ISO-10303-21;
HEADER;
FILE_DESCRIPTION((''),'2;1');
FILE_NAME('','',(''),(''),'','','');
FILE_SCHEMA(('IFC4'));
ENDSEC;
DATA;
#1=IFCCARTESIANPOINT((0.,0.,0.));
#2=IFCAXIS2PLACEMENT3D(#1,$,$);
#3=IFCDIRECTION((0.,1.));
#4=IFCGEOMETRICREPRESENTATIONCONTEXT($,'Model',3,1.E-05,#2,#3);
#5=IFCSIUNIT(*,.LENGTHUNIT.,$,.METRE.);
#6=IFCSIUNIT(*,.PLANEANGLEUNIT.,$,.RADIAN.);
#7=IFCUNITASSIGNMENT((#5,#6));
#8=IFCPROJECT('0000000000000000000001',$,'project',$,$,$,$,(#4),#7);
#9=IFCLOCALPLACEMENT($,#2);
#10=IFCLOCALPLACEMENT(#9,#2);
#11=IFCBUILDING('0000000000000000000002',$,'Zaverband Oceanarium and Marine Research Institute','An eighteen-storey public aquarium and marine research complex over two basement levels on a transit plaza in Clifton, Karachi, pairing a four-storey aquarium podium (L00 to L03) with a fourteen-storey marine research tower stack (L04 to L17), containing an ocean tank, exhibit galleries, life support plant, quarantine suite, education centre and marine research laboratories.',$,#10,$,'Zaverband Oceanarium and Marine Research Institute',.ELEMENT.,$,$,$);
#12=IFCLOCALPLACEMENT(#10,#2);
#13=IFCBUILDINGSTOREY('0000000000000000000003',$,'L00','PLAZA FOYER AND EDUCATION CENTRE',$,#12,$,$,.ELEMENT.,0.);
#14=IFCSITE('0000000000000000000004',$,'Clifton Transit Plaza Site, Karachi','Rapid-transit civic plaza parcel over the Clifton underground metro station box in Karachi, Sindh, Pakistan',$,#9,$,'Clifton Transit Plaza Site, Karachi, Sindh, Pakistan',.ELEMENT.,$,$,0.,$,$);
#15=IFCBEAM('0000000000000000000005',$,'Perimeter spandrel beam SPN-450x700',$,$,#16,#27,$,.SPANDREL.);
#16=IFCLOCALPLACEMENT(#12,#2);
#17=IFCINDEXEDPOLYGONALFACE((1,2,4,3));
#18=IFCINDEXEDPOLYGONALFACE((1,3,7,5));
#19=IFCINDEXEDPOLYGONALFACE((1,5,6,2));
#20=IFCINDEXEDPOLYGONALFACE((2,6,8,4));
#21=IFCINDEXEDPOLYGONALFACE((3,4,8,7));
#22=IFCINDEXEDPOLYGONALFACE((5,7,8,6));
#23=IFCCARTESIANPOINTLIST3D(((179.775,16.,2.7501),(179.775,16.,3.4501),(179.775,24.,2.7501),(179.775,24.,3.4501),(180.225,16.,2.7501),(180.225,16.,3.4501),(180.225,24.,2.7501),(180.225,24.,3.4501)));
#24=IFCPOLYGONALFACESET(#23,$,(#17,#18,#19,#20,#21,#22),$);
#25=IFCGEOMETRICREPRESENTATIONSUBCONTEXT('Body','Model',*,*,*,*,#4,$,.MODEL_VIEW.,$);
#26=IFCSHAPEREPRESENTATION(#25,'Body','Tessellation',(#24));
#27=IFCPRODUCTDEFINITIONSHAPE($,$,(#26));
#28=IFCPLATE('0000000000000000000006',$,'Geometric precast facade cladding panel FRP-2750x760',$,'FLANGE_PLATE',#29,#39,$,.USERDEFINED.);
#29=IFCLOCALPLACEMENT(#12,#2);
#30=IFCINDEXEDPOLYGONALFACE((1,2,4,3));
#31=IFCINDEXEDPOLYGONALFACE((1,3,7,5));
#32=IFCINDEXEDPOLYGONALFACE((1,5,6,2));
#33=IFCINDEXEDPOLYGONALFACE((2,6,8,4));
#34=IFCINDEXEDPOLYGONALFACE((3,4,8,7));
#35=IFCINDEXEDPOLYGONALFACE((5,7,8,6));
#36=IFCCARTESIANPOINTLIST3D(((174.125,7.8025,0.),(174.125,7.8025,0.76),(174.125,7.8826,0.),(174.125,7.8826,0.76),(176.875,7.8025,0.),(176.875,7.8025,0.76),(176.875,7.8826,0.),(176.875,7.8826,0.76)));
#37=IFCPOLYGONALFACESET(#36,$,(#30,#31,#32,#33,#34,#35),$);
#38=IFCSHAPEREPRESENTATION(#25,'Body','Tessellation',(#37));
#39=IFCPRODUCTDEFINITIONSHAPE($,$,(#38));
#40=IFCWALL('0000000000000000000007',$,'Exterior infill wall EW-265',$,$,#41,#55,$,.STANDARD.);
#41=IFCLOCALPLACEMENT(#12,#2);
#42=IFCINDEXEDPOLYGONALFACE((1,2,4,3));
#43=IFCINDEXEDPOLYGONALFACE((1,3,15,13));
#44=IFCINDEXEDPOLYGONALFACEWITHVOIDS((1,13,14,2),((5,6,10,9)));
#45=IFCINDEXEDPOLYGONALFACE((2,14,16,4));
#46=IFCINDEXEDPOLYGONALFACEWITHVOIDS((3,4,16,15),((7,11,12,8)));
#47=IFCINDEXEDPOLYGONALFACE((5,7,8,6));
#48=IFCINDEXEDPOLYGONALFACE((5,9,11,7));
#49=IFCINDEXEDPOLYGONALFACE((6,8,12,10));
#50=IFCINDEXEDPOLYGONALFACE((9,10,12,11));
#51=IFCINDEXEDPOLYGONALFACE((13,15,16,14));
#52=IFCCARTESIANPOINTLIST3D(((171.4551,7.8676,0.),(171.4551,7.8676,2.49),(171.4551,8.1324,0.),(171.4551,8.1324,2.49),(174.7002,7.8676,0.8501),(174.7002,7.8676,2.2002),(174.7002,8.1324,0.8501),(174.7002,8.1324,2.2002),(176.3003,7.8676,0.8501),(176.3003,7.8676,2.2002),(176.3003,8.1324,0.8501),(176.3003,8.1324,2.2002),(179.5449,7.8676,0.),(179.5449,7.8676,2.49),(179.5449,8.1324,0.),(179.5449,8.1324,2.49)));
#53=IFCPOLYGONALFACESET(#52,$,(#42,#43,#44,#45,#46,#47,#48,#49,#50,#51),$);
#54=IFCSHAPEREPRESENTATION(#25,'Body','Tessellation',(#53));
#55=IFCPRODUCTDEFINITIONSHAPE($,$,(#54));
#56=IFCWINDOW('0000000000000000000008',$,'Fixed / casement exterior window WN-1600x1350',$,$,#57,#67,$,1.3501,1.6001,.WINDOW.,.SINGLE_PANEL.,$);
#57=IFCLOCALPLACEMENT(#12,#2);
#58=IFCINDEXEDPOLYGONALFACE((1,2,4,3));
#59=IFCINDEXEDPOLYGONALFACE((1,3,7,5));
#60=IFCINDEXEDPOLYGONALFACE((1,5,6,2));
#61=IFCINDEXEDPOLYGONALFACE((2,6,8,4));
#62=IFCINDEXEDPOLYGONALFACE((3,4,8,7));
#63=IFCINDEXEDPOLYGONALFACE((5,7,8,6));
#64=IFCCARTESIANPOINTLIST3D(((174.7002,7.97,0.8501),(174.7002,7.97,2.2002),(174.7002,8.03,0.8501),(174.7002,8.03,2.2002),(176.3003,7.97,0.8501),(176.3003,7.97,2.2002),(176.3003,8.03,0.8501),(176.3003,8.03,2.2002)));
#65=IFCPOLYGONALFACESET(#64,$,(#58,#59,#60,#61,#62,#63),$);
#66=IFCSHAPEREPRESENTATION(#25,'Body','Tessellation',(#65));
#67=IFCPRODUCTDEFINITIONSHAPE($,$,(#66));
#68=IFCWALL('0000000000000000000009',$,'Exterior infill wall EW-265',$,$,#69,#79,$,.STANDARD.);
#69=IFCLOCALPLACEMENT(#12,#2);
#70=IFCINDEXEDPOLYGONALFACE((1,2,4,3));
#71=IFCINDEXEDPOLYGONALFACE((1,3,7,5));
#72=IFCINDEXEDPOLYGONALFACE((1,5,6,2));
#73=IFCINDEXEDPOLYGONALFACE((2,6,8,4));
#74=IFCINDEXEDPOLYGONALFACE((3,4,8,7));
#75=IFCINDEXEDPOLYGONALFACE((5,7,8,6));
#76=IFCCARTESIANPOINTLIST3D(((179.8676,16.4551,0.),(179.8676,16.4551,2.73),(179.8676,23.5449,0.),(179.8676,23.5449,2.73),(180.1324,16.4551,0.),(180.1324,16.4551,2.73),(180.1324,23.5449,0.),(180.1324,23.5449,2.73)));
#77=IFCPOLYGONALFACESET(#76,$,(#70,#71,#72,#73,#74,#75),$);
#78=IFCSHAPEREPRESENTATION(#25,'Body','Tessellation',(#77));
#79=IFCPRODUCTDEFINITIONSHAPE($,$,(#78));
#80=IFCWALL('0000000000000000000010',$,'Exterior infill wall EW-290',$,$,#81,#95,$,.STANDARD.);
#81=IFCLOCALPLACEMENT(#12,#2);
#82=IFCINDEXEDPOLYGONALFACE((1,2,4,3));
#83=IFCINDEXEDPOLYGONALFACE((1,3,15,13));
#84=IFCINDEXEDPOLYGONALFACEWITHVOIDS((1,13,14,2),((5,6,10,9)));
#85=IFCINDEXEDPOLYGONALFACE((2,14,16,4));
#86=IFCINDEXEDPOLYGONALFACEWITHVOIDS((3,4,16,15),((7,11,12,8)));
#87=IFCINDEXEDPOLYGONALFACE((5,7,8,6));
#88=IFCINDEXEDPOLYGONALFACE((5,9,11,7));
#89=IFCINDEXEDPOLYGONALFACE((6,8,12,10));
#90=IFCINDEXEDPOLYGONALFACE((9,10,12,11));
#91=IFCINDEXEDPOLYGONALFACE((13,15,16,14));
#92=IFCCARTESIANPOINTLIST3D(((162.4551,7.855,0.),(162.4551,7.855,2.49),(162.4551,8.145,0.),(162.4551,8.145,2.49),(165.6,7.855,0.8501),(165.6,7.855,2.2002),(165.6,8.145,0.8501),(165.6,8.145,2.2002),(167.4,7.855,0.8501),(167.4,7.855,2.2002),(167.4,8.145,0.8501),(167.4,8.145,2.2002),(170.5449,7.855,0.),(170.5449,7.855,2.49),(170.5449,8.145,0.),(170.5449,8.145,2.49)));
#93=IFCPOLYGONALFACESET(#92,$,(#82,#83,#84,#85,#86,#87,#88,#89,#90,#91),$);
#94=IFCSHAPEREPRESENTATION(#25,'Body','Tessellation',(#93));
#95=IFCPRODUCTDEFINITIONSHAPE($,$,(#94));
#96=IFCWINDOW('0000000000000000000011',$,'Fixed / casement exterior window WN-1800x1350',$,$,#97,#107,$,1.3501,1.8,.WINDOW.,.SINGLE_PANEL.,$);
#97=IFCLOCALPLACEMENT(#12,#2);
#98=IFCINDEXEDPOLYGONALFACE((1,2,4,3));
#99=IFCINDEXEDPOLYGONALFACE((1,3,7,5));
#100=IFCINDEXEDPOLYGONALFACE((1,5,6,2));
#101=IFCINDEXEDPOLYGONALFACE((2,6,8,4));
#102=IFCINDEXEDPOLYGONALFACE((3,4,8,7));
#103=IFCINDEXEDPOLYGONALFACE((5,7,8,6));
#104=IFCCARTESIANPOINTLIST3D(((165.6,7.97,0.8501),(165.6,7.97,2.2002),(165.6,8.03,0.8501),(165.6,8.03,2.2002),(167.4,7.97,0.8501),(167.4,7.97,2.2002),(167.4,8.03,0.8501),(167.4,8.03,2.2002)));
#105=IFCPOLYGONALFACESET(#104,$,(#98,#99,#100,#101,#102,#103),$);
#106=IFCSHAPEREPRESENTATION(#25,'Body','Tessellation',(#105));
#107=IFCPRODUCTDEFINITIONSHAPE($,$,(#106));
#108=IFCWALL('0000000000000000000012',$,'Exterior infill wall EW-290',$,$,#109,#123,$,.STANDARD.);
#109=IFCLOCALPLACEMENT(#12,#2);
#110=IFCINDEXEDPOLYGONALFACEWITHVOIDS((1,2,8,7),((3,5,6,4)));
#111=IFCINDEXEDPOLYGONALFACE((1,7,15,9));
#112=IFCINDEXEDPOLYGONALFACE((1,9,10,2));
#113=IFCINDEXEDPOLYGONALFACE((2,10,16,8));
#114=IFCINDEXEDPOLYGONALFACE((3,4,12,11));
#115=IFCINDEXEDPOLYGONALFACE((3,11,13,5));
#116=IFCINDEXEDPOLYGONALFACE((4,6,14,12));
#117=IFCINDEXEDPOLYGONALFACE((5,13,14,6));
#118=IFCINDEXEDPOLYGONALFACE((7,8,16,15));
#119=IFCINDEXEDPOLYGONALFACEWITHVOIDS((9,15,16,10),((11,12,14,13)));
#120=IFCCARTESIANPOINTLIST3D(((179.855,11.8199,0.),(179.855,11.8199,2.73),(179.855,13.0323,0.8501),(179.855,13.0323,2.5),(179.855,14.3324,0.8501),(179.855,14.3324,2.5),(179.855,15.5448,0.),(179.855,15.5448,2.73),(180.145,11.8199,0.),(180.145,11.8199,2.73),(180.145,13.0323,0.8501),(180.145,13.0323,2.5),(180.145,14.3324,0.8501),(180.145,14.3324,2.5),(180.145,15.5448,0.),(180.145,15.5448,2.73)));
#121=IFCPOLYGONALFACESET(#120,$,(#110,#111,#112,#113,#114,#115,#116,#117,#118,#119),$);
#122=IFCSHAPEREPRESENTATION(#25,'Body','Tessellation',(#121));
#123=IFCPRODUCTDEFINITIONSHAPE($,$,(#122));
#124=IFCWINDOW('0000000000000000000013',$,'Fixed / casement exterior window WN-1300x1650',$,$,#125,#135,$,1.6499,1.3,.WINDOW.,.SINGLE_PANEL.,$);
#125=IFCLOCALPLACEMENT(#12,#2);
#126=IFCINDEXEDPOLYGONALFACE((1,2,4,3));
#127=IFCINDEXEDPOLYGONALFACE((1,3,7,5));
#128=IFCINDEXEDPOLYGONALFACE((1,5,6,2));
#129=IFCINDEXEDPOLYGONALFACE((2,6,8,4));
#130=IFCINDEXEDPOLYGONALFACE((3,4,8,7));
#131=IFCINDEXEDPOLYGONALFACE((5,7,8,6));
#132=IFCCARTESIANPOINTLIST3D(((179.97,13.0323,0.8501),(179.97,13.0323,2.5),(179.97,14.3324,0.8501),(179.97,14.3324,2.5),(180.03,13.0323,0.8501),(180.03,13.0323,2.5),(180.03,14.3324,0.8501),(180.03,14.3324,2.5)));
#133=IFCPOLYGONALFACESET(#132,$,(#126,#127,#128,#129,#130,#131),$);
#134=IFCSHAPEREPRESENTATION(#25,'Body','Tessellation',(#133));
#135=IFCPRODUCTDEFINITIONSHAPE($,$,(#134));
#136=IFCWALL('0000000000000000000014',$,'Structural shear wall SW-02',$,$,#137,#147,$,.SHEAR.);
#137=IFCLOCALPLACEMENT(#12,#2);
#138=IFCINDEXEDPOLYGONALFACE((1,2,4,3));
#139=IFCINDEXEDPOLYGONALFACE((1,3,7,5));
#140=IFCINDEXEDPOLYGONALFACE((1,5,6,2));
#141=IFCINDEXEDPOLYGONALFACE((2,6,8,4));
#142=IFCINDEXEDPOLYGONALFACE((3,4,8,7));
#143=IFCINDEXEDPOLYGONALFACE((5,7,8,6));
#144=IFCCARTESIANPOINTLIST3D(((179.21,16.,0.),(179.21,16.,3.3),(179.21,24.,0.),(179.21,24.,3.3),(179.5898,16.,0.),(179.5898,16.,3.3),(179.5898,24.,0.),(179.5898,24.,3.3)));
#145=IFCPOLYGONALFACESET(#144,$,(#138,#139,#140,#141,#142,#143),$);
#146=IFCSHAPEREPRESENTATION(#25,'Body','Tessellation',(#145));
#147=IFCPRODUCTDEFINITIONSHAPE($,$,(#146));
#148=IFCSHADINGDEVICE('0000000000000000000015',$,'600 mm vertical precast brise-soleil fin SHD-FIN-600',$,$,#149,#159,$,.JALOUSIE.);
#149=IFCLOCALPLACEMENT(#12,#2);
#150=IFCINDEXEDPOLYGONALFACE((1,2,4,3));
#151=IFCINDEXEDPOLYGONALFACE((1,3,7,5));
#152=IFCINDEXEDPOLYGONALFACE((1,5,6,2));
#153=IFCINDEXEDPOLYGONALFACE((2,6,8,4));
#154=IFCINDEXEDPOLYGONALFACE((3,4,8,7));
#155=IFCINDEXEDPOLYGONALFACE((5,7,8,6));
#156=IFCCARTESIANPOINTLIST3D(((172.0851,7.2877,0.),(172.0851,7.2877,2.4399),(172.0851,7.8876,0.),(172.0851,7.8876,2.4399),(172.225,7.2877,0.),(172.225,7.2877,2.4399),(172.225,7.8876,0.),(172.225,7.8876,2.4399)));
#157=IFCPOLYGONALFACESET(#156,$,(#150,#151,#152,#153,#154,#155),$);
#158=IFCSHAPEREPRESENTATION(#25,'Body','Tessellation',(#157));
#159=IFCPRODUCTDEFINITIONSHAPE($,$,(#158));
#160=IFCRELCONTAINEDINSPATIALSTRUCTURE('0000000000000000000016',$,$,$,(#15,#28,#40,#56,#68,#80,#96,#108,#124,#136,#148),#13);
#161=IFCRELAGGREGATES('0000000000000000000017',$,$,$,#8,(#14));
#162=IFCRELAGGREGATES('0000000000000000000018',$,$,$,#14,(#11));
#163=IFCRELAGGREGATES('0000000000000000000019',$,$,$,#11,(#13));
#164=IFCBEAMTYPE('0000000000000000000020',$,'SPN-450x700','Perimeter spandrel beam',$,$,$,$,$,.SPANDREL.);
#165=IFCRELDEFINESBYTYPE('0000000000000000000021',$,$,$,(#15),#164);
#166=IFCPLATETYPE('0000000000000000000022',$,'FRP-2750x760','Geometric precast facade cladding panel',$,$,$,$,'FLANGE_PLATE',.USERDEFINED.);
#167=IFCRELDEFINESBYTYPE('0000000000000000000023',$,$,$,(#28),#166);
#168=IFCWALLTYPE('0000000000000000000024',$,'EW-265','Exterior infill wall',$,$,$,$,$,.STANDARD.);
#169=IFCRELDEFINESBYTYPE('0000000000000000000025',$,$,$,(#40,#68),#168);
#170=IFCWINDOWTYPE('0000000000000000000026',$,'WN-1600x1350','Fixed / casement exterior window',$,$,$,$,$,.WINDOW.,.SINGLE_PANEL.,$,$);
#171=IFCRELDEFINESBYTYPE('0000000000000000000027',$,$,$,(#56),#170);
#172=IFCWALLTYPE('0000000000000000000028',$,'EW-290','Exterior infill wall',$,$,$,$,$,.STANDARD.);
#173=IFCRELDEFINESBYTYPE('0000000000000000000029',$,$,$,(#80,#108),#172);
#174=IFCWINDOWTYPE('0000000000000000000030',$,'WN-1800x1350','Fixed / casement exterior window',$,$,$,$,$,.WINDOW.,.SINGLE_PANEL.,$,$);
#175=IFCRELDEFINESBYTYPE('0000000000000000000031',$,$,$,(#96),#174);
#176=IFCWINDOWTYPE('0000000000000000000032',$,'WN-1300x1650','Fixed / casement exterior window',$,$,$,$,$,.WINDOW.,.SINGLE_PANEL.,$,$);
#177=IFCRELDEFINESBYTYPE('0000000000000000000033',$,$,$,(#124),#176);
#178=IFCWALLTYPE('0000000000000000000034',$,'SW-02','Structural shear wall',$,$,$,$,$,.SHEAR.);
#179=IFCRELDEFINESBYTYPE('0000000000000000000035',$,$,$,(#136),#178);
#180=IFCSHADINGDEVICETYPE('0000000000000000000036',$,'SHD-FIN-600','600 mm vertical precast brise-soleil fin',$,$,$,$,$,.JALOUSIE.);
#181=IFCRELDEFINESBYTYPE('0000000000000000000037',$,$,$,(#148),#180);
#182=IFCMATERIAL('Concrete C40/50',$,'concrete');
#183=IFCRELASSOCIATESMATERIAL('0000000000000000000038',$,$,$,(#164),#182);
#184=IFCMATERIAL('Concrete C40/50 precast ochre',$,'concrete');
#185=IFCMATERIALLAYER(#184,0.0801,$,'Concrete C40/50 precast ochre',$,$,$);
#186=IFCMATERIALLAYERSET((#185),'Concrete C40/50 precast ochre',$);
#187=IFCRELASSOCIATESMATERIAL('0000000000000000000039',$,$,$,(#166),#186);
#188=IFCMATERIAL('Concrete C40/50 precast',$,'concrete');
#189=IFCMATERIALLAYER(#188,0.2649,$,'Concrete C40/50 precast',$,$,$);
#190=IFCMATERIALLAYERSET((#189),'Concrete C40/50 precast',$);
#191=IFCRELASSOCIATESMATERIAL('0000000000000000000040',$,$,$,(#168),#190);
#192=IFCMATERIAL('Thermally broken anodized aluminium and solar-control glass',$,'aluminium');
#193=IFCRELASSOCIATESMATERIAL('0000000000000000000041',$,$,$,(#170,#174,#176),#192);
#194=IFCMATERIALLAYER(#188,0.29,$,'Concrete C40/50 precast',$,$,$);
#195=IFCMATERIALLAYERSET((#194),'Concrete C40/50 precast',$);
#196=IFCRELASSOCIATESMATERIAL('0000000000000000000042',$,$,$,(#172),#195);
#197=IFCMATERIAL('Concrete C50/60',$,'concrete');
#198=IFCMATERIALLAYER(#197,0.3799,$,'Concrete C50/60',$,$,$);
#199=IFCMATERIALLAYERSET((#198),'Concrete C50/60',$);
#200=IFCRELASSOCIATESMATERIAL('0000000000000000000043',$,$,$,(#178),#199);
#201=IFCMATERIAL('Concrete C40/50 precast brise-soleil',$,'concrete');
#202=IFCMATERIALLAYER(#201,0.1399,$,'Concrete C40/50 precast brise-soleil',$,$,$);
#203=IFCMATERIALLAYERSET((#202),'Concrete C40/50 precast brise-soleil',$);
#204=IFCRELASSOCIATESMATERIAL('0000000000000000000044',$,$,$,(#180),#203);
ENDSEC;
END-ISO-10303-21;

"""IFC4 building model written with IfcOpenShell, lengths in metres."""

from ifc_helpers import new_model, si_unit, direction, frame, frame_2d, origin, origin_2d, place, context, subcontext, project, spatial, rectangle, extrude, material, layer, layer_set, material_profile, profile_set, type_object, element, fill, save


model = new_model("IFC4")

# Units and contexts
model_context = context("Model", 3, precision=1e-05, world=origin(), true_north=direction((0.0, 1.0)))
body_context = subcontext(model_context, "Body", "Model", "MODEL_VIEW")
ifc_project = project(units=[si_unit("LENGTHUNIT", "METRE"), si_unit("PLANEANGLEUNIT", "RADIAN")], contexts=[model_context])

# Site, building, storey
site_placement = place(None, origin())
site = spatial("IfcSite", under=ifc_project, at=site_placement, Name="Clifton Transit Plaza Site, Karachi", Description="Rapid-transit civic plaza parcel over the Clifton underground metro station box in Karachi, Sindh, Pakistan", LongName="Clifton Transit Plaza Site, Karachi, Sindh, Pakistan", CompositionType="ELEMENT", RefElevation=0.0)
building_placement = place(site_placement, origin())
building = spatial("IfcBuilding", under=site, at=building_placement, Name="Zaverband Oceanarium and Marine Research Institute", Description="An eighteen-storey public aquarium and marine research complex over two basement levels on a transit plaza in Clifton, Karachi, pairing a four-storey aquarium podium (L00 to L03) with a fourteen-storey marine research tower stack (L04 to L17), containing an ocean tank, exhibit galleries, life support plant, quarantine suite, education centre and marine research laboratories.", LongName="Zaverband Oceanarium and Marine Research Institute", CompositionType="ELEMENT")
storey_placement = place(building_placement, origin())
storey = spatial("IfcBuildingStorey", under=building, at=storey_placement, Name="L00", Description="PLAZA FOYER AND EDUCATION CENTRE", CompositionType="ELEMENT", Elevation=0.0)

# Shared definitions
ifc_material_1 = material(Name="Concrete C50/60", Category="concrete")

# Beam
ifc_material_2 = material(Name="Concrete C40/50", Category="concrete")
ifc_material_profile_1 = material_profile(ifc_material_2, rectangle(XDim=0.45, YDim=0.7, at=origin_2d()), Name="RC450x700")
ifc_profile_set_1 = profile_set([ifc_material_profile_1], Name="Concrete C40/50")
beam_type_1 = type_object("IfcBeamType", Name="SPN-450x700", Description="Perimeter spandrel beam", PredefinedType="SPANDREL", material=ifc_profile_set_1)
for number, where, z_axis, x_axis, name in (
    (1, (180.0, 16.0, 3.1001), (0.0, 1.0, 0.0), (-1.0, 0.0, 0.0), "Perimeter spandrel beam SPN-450x700"),
):
    element("IfcBeam", number, at=place(storey_placement, frame(where, z_axis=z_axis, x_axis=x_axis)), inside=storey, type_object=beam_type_1, Name=name, PredefinedType="SPANDREL", context=body_context, shape_type="SweptSolid", body=[
        extrude(rectangle(XDim=0.45, YDim=0.7, at=origin_2d()), origin(), (0.0, 0.0, 1.0), 8.0),
    ])

# Plate
ifc_material_3 = material(Name="Concrete C40/50 precast ochre", Category="concrete")
ifc_layer_1 = layer(ifc_material_3, 0.0801, Name="Concrete C40/50 precast ochre")
ifc_layer_set_1 = layer_set([ifc_layer_1], Name="Concrete C40/50 precast ochre")
plate_type = type_object("IfcPlateType", Name="FRP-2750x760", Description="Geometric precast facade cladding panel", ElementType="FLANGE_PLATE", PredefinedType="USERDEFINED", material=ifc_layer_set_1)
plate_placement = place(storey_placement, frame((174.125, 7.8425, 0.0), z_axis=(0.0, 0.0, 1.0), x_axis=(1.0, 0.0, 0.0)))
element("IfcPlate", 2, at=plate_placement, inside=storey, type_object=plate_type, Name="Geometric precast facade cladding panel FRP-2750x760", ObjectType="FLANGE_PLATE", PredefinedType="USERDEFINED", context=body_context, shape_type="SweptSolid", body=[
    extrude(rectangle(XDim=2.75, YDim=0.0801, at=frame_2d((1.375, 0.0))), origin(), (0.0, 0.0, 1.0), 0.76),
])

# Wall, opening, window
ifc_material_4 = material(Name="Concrete C40/50 precast", Category="concrete")
ifc_layer_2 = layer(ifc_material_4, 0.2649, Name="Concrete C40/50 precast")
ifc_layer_set_2 = layer_set([ifc_layer_2], Name="Concrete C40/50 precast")
wall_type_1 = type_object("IfcWallType", Name="EW-265", Description="Exterior infill wall", PredefinedType="STANDARD", material=ifc_layer_set_2)
wall_1_placement = place(storey_placement, frame((171.4551, 8.0, 0.0), z_axis=(0.0, 0.0, 1.0), x_axis=(1.0, 0.0, 0.0)))
wall_1 = element("IfcWall", 3, at=wall_1_placement, inside=storey, type_object=wall_type_1, Name="Exterior infill wall EW-265", PredefinedType="STANDARD", context=body_context, shape_type="SweptSolid", body=[
    extrude(rectangle(XDim=8.0898, YDim=0.2649, at=frame_2d((4.0449, 0.0))), origin(), (0.0, 0.0, 1.0), 2.49),
])
opening_1_placement = place(wall_1_placement, frame((3.2451, 0.0, 0.8501)))
opening_1 = element("IfcOpeningElement", 4, at=opening_1_placement, cuts=wall_1, PredefinedType="OPENING", context=body_context, shape_type="SweptSolid", body=[
    extrude(rectangle(XDim=1.6001, YDim=1.3501, at=frame_2d((0.8, 0.675))), frame((0.0, 0.1445, 0.0), z_axis=(0.0, -1.0, 0.0), x_axis=(1.0, 0.0, 0.0)), (0.0, 0.0, 1.0), 0.2888),
])
ifc_material_5 = material(Name="Thermally broken anodized aluminium and solar-control glass", Category="aluminium")
window_type_1 = type_object("IfcWindowType", Name="WN-1600x1350", Description="Fixed / casement exterior window", PartitioningType="SINGLE_PANEL", PredefinedType="WINDOW", material=ifc_material_5)
window_1_placement = place(opening_1_placement, origin())
window_1 = element("IfcWindow", 5, at=window_1_placement, inside=storey, type_object=window_type_1, Name="Fixed / casement exterior window WN-1600x1350", OverallHeight=1.3501, OverallWidth=1.6001, PartitioningType="SINGLE_PANEL", PredefinedType="WINDOW", context=body_context, shape_type="SweptSolid", body=[
    extrude(rectangle(XDim=1.6001, YDim=1.3501, at=frame_2d((0.8, 0.675))), frame((0.0, 0.03, 0.0), z_axis=(0.0, -1.0, 0.0), x_axis=(1.0, 0.0, 0.0)), (0.0, 0.0, 1.0), 0.0601),
])
fill(opening_1, window_1)

# Wall
wall_2_placement = place(storey_placement, frame((180.0, 16.4551, 0.0), z_axis=(0.0, 0.0, 1.0), x_axis=(0.0, 1.0, 0.0)))
element("IfcWall", 6, at=wall_2_placement, inside=storey, type_object=wall_type_1, Name="Exterior infill wall EW-265", PredefinedType="STANDARD", context=body_context, shape_type="SweptSolid", body=[
    extrude(rectangle(XDim=7.0898, YDim=0.2649, at=frame_2d((3.5449, 0.0))), origin(), (0.0, 0.0, 1.0), 2.73),
])

# Walls, openings, windows
ifc_layer_3 = layer(ifc_material_4, 0.29, Name="Concrete C40/50 precast")
ifc_layer_set_3 = layer_set([ifc_layer_3], Name="Concrete C40/50 precast")
wall_type_2 = type_object("IfcWallType", Name="EW-290", Description="Exterior infill wall", PredefinedType="STANDARD", material=ifc_layer_set_3)
wall_3_placement = place(storey_placement, frame((162.4551, 8.0, 0.0), z_axis=(0.0, 0.0, 1.0), x_axis=(1.0, 0.0, 0.0)))
wall_3 = element("IfcWall", 7, at=wall_3_placement, inside=storey, type_object=wall_type_2, Name="Exterior infill wall EW-290", PredefinedType="STANDARD", context=body_context, shape_type="SweptSolid", body=[
    extrude(rectangle(XDim=8.0898, YDim=0.29, at=frame_2d((4.0449, 0.0))), origin(), (0.0, 0.0, 1.0), 2.49),
])
opening_2_placement = place(wall_3_placement, frame((3.145, 0.0, 0.8501)))
opening_2 = element("IfcOpeningElement", 8, at=opening_2_placement, cuts=wall_3, PredefinedType="OPENING", context=body_context, shape_type="SweptSolid", body=[
    extrude(rectangle(XDim=1.8, YDim=1.3501, at=frame_2d((0.8999, 0.675))), frame((0.0, 0.157, 0.0), z_axis=(0.0, -1.0, 0.0), x_axis=(1.0, 0.0, 0.0)), (0.0, 0.0, 1.0), 0.314),
])
window_type_2 = type_object("IfcWindowType", Name="WN-1800x1350", Description="Fixed / casement exterior window", PartitioningType="SINGLE_PANEL", PredefinedType="WINDOW", material=ifc_material_5)
window_2_placement = place(opening_2_placement, origin())
window_2 = element("IfcWindow", 9, at=window_2_placement, inside=storey, type_object=window_type_2, Name="Fixed / casement exterior window WN-1800x1350", OverallHeight=1.3501, OverallWidth=1.8, PartitioningType="SINGLE_PANEL", PredefinedType="WINDOW", context=body_context, shape_type="SweptSolid", body=[
    extrude(rectangle(XDim=1.8, YDim=1.3501, at=frame_2d((0.8999, 0.675))), frame((0.0, 0.03, 0.0), z_axis=(0.0, -1.0, 0.0), x_axis=(1.0, 0.0, 0.0)), (0.0, 0.0, 1.0), 0.0601),
])
fill(opening_2, window_2)
wall_4_placement = place(storey_placement, frame((180.0, 11.8201, 0.0), z_axis=(0.0, 0.0, 1.0), x_axis=(0.0, 1.0, 0.0)))
wall_4 = element("IfcWall", 10, at=wall_4_placement, inside=storey, type_object=wall_type_2, Name="Exterior infill wall EW-290", PredefinedType="STANDARD", context=body_context, shape_type="SweptSolid", body=[
    extrude(rectangle(XDim=3.7249, YDim=0.29, at=frame_2d((1.8623, 0.0))), origin(), (0.0, 0.0, 1.0), 2.73),
])
opening_3_placement = place(wall_4_placement, frame((1.2124, 0.0, 0.8501)))
opening_3 = element("IfcOpeningElement", 11, at=opening_3_placement, cuts=wall_4, PredefinedType="OPENING", context=body_context, shape_type="SweptSolid", body=[
    extrude(rectangle(XDim=1.3, YDim=1.6499, at=frame_2d((0.6499, 0.825))), frame((0.0, 0.157, 0.0), z_axis=(0.0, -1.0, 0.0), x_axis=(1.0, 0.0, 0.0)), (0.0, 0.0, 1.0), 0.314),
])
window_type_3 = type_object("IfcWindowType", Name="WN-1300x1650", Description="Fixed / casement exterior window", PartitioningType="SINGLE_PANEL", PredefinedType="WINDOW", material=ifc_material_5)
window_3_placement = place(opening_3_placement, origin())
window_3 = element("IfcWindow", 12, at=window_3_placement, inside=storey, type_object=window_type_3, Name="Fixed / casement exterior window WN-1300x1650", OverallHeight=1.6499, OverallWidth=1.3, PartitioningType="SINGLE_PANEL", PredefinedType="WINDOW", context=body_context, shape_type="SweptSolid", body=[
    extrude(rectangle(XDim=1.3, YDim=1.6499, at=frame_2d((0.6499, 0.825))), frame((0.0, 0.03, 0.0), z_axis=(0.0, -1.0, 0.0), x_axis=(1.0, 0.0, 0.0)), (0.0, 0.0, 1.0), 0.0601),
])
fill(opening_3, window_3)

# Wall
ifc_layer_4 = layer(ifc_material_1, 0.3799, Name="Concrete C50/60")
ifc_layer_set_4 = layer_set([ifc_layer_4], Name="Concrete C50/60")
wall_type_3 = type_object("IfcWallType", Name="SW-02", Description="Structural shear wall", PredefinedType="SHEAR", material=ifc_layer_set_4)
wall_5_placement = place(storey_placement, frame((179.3999, 16.0, 0.0), z_axis=(0.0, 0.0, 1.0), x_axis=(0.0, 1.0, 0.0)))
element("IfcWall", 13, at=wall_5_placement, inside=storey, type_object=wall_type_3, Name="Structural shear wall SW-02", PredefinedType="SHEAR", context=body_context, shape_type="SweptSolid", body=[
    extrude(rectangle(XDim=8.0, YDim=0.3799, at=frame_2d((4.0, 0.0))), origin(), (0.0, 0.0, 1.0), 3.3),
])

# Shading device
ifc_material_6 = material(Name="Concrete C40/50 precast brise-soleil", Category="concrete")
ifc_layer_5 = layer(ifc_material_6, 0.1399, Name="Concrete C40/50 precast brise-soleil")
ifc_layer_set_5 = layer_set([ifc_layer_5], Name="Concrete C40/50 precast brise-soleil")
shading_device_type = type_object("IfcShadingDeviceType", Name="SHD-FIN-600", Description="600 mm vertical precast brise-soleil fin", PredefinedType="JALOUSIE", material=ifc_layer_set_5)
shading_device_placement = place(storey_placement, frame((172.155, 7.8875, 0.0), z_axis=(0.0, 0.0, 1.0), x_axis=(0.0, -1.0, 0.0)))
element("IfcShadingDevice", 14, at=shading_device_placement, inside=storey, type_object=shading_device_type, Name="600 mm vertical precast brise-soleil fin SHD-FIN-600", PredefinedType="JALOUSIE", context=body_context, shape_type="SweptSolid", body=[
    extrude(rectangle(XDim=0.5999, YDim=0.1399, at=frame_2d((0.2998, 0.0))), origin(), (0.0, 0.0, 1.0), 2.4399),
])

save(model, "model.ifc")
